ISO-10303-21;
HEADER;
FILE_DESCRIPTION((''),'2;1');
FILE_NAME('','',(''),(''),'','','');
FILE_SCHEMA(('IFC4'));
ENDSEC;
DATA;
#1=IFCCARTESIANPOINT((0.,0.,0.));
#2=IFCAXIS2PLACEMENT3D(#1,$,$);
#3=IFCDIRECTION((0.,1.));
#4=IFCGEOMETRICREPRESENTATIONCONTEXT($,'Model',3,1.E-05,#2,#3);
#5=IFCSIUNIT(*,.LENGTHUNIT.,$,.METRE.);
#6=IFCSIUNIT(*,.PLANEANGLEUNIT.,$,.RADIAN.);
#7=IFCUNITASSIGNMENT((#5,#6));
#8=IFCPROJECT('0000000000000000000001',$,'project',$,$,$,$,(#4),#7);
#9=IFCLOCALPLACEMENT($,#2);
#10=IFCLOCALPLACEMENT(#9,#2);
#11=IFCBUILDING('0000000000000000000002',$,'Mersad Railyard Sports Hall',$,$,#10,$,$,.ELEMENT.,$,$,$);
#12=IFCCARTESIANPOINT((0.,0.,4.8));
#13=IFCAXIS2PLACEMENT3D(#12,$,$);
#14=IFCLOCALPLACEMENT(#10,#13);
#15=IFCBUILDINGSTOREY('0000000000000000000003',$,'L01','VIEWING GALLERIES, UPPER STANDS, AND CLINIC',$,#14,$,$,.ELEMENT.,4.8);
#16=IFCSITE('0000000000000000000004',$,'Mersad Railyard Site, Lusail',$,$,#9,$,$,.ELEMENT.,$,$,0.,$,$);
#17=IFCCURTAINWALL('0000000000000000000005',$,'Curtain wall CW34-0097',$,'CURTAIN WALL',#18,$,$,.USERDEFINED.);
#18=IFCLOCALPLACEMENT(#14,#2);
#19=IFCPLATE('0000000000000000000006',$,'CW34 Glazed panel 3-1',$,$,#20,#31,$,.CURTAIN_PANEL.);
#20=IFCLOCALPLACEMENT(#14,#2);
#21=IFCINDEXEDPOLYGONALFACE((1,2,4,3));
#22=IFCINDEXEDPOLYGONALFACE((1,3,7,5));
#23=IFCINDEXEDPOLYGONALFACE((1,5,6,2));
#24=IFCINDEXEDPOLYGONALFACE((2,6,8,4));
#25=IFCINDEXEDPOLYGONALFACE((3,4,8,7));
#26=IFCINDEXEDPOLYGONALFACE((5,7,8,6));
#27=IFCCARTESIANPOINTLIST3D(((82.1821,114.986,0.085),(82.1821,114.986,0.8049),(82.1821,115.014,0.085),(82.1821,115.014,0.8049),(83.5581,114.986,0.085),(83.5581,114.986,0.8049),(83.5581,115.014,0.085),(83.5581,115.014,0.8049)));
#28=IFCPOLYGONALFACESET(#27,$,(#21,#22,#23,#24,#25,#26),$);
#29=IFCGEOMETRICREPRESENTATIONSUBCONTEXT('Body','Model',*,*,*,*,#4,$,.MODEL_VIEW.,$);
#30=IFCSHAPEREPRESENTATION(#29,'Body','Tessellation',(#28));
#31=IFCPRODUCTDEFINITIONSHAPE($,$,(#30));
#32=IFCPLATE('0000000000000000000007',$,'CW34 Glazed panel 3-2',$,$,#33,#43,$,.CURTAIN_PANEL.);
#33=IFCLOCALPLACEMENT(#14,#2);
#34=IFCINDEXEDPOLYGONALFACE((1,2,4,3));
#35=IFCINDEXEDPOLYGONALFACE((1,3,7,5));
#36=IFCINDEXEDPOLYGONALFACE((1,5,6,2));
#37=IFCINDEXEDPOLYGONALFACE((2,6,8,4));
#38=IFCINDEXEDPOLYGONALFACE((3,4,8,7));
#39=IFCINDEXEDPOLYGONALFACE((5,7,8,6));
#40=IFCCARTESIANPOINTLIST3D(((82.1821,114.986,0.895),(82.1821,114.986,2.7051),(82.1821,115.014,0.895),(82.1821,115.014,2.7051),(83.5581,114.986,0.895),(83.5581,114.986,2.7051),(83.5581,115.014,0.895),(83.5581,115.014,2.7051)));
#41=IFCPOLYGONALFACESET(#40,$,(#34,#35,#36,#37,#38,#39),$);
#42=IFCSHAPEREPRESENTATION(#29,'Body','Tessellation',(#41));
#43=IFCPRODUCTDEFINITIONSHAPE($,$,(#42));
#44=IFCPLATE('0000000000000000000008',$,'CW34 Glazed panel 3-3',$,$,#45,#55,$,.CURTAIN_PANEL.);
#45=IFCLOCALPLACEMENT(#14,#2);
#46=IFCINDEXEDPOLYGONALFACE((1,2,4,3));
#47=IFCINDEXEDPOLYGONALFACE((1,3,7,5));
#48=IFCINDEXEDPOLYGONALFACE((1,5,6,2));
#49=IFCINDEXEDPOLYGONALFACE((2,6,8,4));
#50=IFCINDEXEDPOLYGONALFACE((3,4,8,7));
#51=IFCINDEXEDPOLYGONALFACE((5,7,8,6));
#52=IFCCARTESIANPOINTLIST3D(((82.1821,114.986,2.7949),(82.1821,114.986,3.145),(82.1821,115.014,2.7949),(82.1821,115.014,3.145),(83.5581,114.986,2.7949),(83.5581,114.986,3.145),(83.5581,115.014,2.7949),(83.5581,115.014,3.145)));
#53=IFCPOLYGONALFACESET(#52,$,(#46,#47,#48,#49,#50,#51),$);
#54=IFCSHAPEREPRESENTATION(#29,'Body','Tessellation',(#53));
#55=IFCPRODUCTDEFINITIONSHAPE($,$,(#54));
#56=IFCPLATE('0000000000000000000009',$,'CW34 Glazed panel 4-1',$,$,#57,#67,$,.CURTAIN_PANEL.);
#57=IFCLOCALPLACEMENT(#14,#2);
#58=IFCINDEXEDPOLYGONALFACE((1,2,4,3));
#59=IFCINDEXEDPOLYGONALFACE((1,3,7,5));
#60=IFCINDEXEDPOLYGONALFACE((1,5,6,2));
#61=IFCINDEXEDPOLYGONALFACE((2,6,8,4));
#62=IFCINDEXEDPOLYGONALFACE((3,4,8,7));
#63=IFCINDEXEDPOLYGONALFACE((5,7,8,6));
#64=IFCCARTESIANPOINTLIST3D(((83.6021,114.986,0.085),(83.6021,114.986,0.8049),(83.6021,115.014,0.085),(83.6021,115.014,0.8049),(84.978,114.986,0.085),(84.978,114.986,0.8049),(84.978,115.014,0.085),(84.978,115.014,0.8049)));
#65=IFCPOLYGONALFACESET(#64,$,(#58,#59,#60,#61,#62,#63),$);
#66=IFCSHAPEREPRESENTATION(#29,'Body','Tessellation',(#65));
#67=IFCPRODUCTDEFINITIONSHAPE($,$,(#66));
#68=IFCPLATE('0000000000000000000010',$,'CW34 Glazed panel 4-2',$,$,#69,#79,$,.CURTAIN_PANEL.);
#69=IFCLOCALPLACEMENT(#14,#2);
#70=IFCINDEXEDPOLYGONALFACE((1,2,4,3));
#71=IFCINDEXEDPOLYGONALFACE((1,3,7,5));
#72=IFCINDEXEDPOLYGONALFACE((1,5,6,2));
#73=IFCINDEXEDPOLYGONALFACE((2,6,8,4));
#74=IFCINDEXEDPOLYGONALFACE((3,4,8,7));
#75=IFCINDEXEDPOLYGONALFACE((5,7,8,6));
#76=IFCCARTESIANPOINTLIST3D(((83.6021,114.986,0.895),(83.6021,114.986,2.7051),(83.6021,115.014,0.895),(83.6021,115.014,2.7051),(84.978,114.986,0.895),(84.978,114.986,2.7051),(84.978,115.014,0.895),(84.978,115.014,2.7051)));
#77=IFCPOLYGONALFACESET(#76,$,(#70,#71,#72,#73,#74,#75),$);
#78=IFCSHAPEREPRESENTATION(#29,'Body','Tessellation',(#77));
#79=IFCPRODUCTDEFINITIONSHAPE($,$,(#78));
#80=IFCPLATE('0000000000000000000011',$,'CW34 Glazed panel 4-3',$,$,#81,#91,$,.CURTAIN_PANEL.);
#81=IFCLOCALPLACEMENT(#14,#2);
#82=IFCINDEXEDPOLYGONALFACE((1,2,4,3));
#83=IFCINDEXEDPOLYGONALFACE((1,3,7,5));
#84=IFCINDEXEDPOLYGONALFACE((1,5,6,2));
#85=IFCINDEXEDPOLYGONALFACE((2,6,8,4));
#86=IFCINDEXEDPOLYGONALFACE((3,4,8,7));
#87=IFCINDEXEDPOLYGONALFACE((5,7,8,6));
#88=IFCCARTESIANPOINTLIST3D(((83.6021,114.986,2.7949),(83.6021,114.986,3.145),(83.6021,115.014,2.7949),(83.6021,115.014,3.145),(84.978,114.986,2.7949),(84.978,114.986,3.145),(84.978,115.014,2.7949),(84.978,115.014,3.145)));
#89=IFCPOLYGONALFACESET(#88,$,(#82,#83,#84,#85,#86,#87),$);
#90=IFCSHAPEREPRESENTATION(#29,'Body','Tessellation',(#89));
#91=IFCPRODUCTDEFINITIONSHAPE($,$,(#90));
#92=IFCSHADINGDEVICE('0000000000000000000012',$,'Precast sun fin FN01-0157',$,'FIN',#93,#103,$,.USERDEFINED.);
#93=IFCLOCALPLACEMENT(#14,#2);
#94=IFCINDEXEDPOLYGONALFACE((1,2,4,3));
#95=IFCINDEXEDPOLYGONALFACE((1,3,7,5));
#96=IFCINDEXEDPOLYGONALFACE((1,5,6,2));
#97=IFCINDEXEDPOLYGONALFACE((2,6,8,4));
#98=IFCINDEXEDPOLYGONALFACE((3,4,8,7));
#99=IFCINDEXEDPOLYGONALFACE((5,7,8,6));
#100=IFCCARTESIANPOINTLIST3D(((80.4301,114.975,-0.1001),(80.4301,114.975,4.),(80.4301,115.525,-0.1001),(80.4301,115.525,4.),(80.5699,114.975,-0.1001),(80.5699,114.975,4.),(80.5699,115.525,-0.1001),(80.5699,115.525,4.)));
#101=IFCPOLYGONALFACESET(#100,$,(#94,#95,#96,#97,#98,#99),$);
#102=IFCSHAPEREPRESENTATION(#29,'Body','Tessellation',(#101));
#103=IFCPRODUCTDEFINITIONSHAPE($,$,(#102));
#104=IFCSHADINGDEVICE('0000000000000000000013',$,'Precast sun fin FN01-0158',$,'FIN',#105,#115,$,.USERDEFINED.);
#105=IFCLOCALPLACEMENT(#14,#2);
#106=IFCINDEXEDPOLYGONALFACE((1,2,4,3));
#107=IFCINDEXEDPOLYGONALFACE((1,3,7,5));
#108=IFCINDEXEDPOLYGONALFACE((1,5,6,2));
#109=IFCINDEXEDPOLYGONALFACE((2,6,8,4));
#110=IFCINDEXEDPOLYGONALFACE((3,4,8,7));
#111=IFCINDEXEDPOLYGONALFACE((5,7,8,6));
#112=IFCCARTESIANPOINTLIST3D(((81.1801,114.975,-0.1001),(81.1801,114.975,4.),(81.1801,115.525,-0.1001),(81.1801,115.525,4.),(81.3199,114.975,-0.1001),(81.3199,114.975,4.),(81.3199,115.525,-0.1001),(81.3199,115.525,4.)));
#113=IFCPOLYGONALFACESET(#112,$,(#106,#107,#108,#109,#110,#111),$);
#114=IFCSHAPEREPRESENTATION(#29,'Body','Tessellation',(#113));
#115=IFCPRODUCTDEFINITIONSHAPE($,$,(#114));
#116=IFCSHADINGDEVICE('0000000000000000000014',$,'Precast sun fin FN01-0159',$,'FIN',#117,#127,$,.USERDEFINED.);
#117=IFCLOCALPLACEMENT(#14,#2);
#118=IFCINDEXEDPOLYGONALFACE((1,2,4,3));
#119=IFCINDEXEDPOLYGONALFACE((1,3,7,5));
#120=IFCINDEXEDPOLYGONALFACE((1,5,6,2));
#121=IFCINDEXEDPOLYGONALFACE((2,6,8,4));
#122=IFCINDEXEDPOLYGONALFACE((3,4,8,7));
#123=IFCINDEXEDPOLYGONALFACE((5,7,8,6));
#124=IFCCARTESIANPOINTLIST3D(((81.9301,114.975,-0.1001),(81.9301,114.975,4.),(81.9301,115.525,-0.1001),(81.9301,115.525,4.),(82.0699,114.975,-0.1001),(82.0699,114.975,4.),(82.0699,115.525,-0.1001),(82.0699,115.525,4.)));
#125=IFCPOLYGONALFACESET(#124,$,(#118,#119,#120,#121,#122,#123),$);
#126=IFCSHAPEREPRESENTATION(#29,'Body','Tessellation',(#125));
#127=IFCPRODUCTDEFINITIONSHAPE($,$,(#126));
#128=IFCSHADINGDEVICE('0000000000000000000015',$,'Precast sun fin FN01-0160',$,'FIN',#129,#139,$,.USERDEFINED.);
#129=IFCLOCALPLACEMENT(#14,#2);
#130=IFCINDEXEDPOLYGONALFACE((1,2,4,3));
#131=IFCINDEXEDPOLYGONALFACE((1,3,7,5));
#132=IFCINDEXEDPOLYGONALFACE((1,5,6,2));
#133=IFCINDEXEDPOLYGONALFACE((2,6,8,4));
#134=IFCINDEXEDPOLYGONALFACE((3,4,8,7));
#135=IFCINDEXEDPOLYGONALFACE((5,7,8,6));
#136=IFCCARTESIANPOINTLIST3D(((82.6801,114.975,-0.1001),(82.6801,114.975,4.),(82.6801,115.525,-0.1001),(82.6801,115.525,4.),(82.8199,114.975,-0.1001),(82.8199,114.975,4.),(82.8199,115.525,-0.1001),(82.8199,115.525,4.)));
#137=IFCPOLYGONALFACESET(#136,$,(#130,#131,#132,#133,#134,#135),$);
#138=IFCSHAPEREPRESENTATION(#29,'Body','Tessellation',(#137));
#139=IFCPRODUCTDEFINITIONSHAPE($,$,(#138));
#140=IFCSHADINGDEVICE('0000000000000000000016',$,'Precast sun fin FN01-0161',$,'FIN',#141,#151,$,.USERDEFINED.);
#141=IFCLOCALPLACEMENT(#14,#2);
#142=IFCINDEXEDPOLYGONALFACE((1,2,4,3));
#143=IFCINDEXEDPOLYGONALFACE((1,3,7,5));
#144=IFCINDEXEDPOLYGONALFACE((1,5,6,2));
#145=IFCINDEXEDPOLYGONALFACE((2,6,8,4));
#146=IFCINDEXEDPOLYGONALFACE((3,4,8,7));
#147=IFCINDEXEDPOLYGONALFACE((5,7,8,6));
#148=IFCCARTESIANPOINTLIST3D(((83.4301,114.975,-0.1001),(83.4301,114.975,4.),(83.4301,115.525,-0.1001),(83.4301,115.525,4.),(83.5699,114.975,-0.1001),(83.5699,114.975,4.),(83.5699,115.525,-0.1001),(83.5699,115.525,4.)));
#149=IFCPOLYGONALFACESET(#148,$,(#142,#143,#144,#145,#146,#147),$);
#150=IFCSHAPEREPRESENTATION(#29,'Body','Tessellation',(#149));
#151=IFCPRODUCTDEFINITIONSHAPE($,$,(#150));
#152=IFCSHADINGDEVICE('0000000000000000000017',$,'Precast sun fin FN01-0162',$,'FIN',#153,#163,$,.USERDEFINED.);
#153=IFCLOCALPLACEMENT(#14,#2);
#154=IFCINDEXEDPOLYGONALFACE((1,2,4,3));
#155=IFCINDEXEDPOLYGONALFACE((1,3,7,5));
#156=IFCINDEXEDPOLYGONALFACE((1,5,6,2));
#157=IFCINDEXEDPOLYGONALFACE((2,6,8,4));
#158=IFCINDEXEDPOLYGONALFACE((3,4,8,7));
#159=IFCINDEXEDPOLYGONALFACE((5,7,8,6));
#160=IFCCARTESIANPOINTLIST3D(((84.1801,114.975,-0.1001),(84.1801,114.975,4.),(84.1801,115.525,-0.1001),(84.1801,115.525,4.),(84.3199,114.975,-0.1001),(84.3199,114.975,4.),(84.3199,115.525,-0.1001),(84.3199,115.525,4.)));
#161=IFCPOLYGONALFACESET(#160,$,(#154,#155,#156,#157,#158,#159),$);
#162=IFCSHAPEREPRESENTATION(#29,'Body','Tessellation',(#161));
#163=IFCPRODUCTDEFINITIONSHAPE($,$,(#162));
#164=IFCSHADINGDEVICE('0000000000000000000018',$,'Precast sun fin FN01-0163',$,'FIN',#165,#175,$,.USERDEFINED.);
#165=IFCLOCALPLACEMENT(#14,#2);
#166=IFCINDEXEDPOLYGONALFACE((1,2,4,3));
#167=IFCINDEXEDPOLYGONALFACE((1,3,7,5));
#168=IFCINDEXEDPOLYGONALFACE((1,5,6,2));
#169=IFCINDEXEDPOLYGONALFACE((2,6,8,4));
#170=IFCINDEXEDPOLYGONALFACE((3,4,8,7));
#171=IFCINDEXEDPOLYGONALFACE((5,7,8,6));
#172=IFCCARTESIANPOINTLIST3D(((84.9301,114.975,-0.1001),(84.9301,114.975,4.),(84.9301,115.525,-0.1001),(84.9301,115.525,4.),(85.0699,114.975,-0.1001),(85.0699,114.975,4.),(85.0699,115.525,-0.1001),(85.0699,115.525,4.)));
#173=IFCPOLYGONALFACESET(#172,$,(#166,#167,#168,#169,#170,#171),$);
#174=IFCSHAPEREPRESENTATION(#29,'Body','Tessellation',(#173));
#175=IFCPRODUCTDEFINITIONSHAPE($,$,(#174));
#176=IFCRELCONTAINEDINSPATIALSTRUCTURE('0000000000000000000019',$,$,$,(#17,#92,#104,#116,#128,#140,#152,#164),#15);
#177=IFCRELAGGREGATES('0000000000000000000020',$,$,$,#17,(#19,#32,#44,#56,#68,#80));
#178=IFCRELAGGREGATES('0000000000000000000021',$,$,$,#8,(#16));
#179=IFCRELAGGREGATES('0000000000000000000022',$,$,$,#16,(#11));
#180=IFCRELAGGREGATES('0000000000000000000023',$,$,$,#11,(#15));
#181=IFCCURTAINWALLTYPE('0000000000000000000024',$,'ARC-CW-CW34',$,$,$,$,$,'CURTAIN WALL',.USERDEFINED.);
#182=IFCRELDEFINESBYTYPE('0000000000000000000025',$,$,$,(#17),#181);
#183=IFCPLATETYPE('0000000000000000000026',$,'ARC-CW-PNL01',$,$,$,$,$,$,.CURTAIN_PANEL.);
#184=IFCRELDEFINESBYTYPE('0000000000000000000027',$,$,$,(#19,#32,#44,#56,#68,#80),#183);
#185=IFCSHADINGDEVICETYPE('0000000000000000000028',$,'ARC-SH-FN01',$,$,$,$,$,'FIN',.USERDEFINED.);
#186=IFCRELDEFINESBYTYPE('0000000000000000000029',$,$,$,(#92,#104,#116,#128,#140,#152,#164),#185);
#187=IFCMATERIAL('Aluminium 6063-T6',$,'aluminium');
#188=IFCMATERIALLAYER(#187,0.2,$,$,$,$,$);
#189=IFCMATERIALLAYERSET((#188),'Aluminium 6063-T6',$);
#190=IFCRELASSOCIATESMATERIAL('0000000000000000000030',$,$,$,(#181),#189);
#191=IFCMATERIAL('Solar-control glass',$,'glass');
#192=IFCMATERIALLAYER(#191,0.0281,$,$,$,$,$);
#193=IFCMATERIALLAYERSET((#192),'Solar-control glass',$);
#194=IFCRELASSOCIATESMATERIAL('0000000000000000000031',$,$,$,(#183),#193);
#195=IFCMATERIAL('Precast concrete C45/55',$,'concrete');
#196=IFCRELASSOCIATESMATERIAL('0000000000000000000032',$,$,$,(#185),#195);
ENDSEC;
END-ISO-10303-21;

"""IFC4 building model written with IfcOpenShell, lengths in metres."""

from ifc_helpers import new_model, si_unit, direction, frame, origin, origin_2d, place, context, subcontext, project, spatial, rectangle, extrude, material, layer, layer_set, type_object, element, aggregate, save


model = new_model("IFC4")

# Units and contexts
model_context = context("Model", 3, precision=1e-05, world=origin(), true_north=direction((0.0, 1.0)))
body_context = subcontext(model_context, "Body", "Model", "MODEL_VIEW")
ifc_project = project(units=[si_unit("LENGTHUNIT", "METRE"), si_unit("PLANEANGLEUNIT", "RADIAN")], contexts=[model_context])

# Site, building, storey
site_placement = place(None, origin())
site = spatial("IfcSite", under=ifc_project, at=site_placement, Name="Mersad Railyard Site, Lusail", CompositionType="ELEMENT", RefElevation=0.0)
building_placement = place(site_placement, origin())
building = spatial("IfcBuilding", under=site, at=building_placement, Name="Mersad Railyard Sports Hall", CompositionType="ELEMENT")
storey_placement = place(building_placement, frame((0.0, 0.0, 4.8)))
storey = spatial("IfcBuildingStorey", under=building, at=storey_placement, Name="L01", Description="VIEWING GALLERIES, UPPER STANDS, AND CLINIC", CompositionType="ELEMENT", Elevation=4.8)

# Curtain wall, plates
ifc_material_1 = material(Name="Aluminium 6063-T6", Category="aluminium")
ifc_layer_1 = layer(ifc_material_1, 0.2)
ifc_layer_set_1 = layer_set([ifc_layer_1], Name="Aluminium 6063-T6")
curtain_wall_type = type_object("IfcCurtainWallType", Name="ARC-CW-CW34", ElementType="CURTAIN WALL", PredefinedType="USERDEFINED", material=ifc_layer_set_1)
curtain_wall_placement = place(storey_placement, origin())
curtain_wall = element("IfcCurtainWall", 1, at=curtain_wall_placement, inside=storey, type_object=curtain_wall_type, Name="Curtain wall CW34-0097", ObjectType="CURTAIN WALL", PredefinedType="USERDEFINED")
ifc_material_2 = material(Name="Solar-control glass", Category="glass")
ifc_layer_2 = layer(ifc_material_2, 0.0281)
ifc_layer_set_2 = layer_set([ifc_layer_2], Name="Solar-control glass")
plate_type = type_object("IfcPlateType", Name="ARC-CW-PNL01", PredefinedType="CURTAIN_PANEL", material=ifc_layer_set_2)
plate_1_placement = place(storey_placement, frame((82.8701, 115.0, 0.085), z_axis=(0.0, 0.0, 1.0), x_axis=(1.0, 0.0, 0.0)))
plate_1 = element("IfcPlate", 2, at=plate_1_placement, type_object=plate_type, Name="CW34 Glazed panel 3-1", PredefinedType="CURTAIN_PANEL", context=body_context, shape_type="SweptSolid", body=[
    extrude(rectangle(XDim=1.376, YDim=0.0281, at=origin_2d()), origin(), (0.0, 0.0, 1.0), 0.72),
])
plate_2_placement = place(storey_placement, frame((82.8701, 115.0, 0.895), z_axis=(0.0, 0.0, 1.0), x_axis=(1.0, 0.0, 0.0)))
plate_2 = element("IfcPlate", 3, at=plate_2_placement, type_object=plate_type, Name="CW34 Glazed panel 3-2", PredefinedType="CURTAIN_PANEL", context=body_context, shape_type="SweptSolid", body=[
    extrude(rectangle(XDim=1.376, YDim=0.0281, at=origin_2d()), origin(), (0.0, 0.0, 1.0), 1.8101),
])
plate_3_placement = place(storey_placement, frame((82.8701, 115.0, 2.7949), z_axis=(0.0, 0.0, 1.0), x_axis=(1.0, 0.0, 0.0)))
plate_3 = element("IfcPlate", 4, at=plate_3_placement, type_object=plate_type, Name="CW34 Glazed panel 3-3", PredefinedType="CURTAIN_PANEL", context=body_context, shape_type="SweptSolid", body=[
    extrude(rectangle(XDim=1.376, YDim=0.0281, at=origin_2d()), origin(), (0.0, 0.0, 1.0), 0.3501),
])
plate_4_placement = place(storey_placement, frame((84.29, 115.0, 0.085), z_axis=(0.0, 0.0, 1.0), x_axis=(1.0, 0.0, 0.0)))
plate_4 = element("IfcPlate", 5, at=plate_4_placement, type_object=plate_type, Name="CW34 Glazed panel 4-1", PredefinedType="CURTAIN_PANEL", context=body_context, shape_type="SweptSolid", body=[
    extrude(rectangle(XDim=1.376, YDim=0.0281, at=origin_2d()), origin(), (0.0, 0.0, 1.0), 0.72),
])
plate_5_placement = place(storey_placement, frame((84.29, 115.0, 0.895), z_axis=(0.0, 0.0, 1.0), x_axis=(1.0, 0.0, 0.0)))
plate_5 = element("IfcPlate", 6, at=plate_5_placement, type_object=plate_type, Name="CW34 Glazed panel 4-2", PredefinedType="CURTAIN_PANEL", context=body_context, shape_type="SweptSolid", body=[
    extrude(rectangle(XDim=1.376, YDim=0.0281, at=origin_2d()), origin(), (0.0, 0.0, 1.0), 1.8101),
])
plate_6_placement = place(storey_placement, frame((84.29, 115.0, 2.7949), z_axis=(0.0, 0.0, 1.0), x_axis=(1.0, 0.0, 0.0)))
plate_6 = element("IfcPlate", 7, at=plate_6_placement, type_object=plate_type, Name="CW34 Glazed panel 4-3", PredefinedType="CURTAIN_PANEL", context=body_context, shape_type="SweptSolid", body=[
    extrude(rectangle(XDim=1.376, YDim=0.0281, at=origin_2d()), origin(), (0.0, 0.0, 1.0), 0.3501),
])
aggregate(curtain_wall, [plate_1, plate_2, plate_3, plate_4, plate_5, plate_6])

# Shading devices
ifc_material_3 = material(Name="Precast concrete C45/55", Category="concrete")
shading_device_type = type_object("IfcShadingDeviceType", Name="ARC-SH-FN01", ElementType="FIN", PredefinedType="USERDEFINED", material=ifc_material_3)
for number, where, z_axis, x_axis, name in (
    (8, (80.5, 115.25, -0.1001), (0.0, 0.0, 1.0), (1.0, 0.0, 0.0), "Precast sun fin FN01-0157"),
    (9, (81.25, 115.25, -0.1001), (0.0, 0.0, 1.0), (1.0, 0.0, 0.0), "Precast sun fin FN01-0158"),
    (10, (82.0, 115.25, -0.1001), (0.0, 0.0, 1.0), (1.0, 0.0, 0.0), "Precast sun fin FN01-0159"),
    (11, (82.75, 115.25, -0.1001), (0.0, 0.0, 1.0), (1.0, 0.0, 0.0), "Precast sun fin FN01-0160"),
    (12, (83.5, 115.25, -0.1001), (0.0, 0.0, 1.0), (1.0, 0.0, 0.0), "Precast sun fin FN01-0161"),
    (13, (84.25, 115.25, -0.1001), (0.0, 0.0, 1.0), (1.0, 0.0, 0.0), "Precast sun fin FN01-0162"),
    (14, (85.0, 115.25, -0.1001), (0.0, 0.0, 1.0), (1.0, 0.0, 0.0), "Precast sun fin FN01-0163"),
):
    element("IfcShadingDevice", number, at=place(storey_placement, frame(where, z_axis=z_axis, x_axis=x_axis)), inside=storey, type_object=shading_device_type, Name=name, ObjectType="FIN", PredefinedType="USERDEFINED", context=body_context, shape_type="SweptSolid", body=[
        extrude(rectangle(XDim=0.1399, YDim=0.55, at=origin_2d()), origin(), (0.0, 0.0, 1.0), 4.1001),
    ])

save(model, "model.ifc")
